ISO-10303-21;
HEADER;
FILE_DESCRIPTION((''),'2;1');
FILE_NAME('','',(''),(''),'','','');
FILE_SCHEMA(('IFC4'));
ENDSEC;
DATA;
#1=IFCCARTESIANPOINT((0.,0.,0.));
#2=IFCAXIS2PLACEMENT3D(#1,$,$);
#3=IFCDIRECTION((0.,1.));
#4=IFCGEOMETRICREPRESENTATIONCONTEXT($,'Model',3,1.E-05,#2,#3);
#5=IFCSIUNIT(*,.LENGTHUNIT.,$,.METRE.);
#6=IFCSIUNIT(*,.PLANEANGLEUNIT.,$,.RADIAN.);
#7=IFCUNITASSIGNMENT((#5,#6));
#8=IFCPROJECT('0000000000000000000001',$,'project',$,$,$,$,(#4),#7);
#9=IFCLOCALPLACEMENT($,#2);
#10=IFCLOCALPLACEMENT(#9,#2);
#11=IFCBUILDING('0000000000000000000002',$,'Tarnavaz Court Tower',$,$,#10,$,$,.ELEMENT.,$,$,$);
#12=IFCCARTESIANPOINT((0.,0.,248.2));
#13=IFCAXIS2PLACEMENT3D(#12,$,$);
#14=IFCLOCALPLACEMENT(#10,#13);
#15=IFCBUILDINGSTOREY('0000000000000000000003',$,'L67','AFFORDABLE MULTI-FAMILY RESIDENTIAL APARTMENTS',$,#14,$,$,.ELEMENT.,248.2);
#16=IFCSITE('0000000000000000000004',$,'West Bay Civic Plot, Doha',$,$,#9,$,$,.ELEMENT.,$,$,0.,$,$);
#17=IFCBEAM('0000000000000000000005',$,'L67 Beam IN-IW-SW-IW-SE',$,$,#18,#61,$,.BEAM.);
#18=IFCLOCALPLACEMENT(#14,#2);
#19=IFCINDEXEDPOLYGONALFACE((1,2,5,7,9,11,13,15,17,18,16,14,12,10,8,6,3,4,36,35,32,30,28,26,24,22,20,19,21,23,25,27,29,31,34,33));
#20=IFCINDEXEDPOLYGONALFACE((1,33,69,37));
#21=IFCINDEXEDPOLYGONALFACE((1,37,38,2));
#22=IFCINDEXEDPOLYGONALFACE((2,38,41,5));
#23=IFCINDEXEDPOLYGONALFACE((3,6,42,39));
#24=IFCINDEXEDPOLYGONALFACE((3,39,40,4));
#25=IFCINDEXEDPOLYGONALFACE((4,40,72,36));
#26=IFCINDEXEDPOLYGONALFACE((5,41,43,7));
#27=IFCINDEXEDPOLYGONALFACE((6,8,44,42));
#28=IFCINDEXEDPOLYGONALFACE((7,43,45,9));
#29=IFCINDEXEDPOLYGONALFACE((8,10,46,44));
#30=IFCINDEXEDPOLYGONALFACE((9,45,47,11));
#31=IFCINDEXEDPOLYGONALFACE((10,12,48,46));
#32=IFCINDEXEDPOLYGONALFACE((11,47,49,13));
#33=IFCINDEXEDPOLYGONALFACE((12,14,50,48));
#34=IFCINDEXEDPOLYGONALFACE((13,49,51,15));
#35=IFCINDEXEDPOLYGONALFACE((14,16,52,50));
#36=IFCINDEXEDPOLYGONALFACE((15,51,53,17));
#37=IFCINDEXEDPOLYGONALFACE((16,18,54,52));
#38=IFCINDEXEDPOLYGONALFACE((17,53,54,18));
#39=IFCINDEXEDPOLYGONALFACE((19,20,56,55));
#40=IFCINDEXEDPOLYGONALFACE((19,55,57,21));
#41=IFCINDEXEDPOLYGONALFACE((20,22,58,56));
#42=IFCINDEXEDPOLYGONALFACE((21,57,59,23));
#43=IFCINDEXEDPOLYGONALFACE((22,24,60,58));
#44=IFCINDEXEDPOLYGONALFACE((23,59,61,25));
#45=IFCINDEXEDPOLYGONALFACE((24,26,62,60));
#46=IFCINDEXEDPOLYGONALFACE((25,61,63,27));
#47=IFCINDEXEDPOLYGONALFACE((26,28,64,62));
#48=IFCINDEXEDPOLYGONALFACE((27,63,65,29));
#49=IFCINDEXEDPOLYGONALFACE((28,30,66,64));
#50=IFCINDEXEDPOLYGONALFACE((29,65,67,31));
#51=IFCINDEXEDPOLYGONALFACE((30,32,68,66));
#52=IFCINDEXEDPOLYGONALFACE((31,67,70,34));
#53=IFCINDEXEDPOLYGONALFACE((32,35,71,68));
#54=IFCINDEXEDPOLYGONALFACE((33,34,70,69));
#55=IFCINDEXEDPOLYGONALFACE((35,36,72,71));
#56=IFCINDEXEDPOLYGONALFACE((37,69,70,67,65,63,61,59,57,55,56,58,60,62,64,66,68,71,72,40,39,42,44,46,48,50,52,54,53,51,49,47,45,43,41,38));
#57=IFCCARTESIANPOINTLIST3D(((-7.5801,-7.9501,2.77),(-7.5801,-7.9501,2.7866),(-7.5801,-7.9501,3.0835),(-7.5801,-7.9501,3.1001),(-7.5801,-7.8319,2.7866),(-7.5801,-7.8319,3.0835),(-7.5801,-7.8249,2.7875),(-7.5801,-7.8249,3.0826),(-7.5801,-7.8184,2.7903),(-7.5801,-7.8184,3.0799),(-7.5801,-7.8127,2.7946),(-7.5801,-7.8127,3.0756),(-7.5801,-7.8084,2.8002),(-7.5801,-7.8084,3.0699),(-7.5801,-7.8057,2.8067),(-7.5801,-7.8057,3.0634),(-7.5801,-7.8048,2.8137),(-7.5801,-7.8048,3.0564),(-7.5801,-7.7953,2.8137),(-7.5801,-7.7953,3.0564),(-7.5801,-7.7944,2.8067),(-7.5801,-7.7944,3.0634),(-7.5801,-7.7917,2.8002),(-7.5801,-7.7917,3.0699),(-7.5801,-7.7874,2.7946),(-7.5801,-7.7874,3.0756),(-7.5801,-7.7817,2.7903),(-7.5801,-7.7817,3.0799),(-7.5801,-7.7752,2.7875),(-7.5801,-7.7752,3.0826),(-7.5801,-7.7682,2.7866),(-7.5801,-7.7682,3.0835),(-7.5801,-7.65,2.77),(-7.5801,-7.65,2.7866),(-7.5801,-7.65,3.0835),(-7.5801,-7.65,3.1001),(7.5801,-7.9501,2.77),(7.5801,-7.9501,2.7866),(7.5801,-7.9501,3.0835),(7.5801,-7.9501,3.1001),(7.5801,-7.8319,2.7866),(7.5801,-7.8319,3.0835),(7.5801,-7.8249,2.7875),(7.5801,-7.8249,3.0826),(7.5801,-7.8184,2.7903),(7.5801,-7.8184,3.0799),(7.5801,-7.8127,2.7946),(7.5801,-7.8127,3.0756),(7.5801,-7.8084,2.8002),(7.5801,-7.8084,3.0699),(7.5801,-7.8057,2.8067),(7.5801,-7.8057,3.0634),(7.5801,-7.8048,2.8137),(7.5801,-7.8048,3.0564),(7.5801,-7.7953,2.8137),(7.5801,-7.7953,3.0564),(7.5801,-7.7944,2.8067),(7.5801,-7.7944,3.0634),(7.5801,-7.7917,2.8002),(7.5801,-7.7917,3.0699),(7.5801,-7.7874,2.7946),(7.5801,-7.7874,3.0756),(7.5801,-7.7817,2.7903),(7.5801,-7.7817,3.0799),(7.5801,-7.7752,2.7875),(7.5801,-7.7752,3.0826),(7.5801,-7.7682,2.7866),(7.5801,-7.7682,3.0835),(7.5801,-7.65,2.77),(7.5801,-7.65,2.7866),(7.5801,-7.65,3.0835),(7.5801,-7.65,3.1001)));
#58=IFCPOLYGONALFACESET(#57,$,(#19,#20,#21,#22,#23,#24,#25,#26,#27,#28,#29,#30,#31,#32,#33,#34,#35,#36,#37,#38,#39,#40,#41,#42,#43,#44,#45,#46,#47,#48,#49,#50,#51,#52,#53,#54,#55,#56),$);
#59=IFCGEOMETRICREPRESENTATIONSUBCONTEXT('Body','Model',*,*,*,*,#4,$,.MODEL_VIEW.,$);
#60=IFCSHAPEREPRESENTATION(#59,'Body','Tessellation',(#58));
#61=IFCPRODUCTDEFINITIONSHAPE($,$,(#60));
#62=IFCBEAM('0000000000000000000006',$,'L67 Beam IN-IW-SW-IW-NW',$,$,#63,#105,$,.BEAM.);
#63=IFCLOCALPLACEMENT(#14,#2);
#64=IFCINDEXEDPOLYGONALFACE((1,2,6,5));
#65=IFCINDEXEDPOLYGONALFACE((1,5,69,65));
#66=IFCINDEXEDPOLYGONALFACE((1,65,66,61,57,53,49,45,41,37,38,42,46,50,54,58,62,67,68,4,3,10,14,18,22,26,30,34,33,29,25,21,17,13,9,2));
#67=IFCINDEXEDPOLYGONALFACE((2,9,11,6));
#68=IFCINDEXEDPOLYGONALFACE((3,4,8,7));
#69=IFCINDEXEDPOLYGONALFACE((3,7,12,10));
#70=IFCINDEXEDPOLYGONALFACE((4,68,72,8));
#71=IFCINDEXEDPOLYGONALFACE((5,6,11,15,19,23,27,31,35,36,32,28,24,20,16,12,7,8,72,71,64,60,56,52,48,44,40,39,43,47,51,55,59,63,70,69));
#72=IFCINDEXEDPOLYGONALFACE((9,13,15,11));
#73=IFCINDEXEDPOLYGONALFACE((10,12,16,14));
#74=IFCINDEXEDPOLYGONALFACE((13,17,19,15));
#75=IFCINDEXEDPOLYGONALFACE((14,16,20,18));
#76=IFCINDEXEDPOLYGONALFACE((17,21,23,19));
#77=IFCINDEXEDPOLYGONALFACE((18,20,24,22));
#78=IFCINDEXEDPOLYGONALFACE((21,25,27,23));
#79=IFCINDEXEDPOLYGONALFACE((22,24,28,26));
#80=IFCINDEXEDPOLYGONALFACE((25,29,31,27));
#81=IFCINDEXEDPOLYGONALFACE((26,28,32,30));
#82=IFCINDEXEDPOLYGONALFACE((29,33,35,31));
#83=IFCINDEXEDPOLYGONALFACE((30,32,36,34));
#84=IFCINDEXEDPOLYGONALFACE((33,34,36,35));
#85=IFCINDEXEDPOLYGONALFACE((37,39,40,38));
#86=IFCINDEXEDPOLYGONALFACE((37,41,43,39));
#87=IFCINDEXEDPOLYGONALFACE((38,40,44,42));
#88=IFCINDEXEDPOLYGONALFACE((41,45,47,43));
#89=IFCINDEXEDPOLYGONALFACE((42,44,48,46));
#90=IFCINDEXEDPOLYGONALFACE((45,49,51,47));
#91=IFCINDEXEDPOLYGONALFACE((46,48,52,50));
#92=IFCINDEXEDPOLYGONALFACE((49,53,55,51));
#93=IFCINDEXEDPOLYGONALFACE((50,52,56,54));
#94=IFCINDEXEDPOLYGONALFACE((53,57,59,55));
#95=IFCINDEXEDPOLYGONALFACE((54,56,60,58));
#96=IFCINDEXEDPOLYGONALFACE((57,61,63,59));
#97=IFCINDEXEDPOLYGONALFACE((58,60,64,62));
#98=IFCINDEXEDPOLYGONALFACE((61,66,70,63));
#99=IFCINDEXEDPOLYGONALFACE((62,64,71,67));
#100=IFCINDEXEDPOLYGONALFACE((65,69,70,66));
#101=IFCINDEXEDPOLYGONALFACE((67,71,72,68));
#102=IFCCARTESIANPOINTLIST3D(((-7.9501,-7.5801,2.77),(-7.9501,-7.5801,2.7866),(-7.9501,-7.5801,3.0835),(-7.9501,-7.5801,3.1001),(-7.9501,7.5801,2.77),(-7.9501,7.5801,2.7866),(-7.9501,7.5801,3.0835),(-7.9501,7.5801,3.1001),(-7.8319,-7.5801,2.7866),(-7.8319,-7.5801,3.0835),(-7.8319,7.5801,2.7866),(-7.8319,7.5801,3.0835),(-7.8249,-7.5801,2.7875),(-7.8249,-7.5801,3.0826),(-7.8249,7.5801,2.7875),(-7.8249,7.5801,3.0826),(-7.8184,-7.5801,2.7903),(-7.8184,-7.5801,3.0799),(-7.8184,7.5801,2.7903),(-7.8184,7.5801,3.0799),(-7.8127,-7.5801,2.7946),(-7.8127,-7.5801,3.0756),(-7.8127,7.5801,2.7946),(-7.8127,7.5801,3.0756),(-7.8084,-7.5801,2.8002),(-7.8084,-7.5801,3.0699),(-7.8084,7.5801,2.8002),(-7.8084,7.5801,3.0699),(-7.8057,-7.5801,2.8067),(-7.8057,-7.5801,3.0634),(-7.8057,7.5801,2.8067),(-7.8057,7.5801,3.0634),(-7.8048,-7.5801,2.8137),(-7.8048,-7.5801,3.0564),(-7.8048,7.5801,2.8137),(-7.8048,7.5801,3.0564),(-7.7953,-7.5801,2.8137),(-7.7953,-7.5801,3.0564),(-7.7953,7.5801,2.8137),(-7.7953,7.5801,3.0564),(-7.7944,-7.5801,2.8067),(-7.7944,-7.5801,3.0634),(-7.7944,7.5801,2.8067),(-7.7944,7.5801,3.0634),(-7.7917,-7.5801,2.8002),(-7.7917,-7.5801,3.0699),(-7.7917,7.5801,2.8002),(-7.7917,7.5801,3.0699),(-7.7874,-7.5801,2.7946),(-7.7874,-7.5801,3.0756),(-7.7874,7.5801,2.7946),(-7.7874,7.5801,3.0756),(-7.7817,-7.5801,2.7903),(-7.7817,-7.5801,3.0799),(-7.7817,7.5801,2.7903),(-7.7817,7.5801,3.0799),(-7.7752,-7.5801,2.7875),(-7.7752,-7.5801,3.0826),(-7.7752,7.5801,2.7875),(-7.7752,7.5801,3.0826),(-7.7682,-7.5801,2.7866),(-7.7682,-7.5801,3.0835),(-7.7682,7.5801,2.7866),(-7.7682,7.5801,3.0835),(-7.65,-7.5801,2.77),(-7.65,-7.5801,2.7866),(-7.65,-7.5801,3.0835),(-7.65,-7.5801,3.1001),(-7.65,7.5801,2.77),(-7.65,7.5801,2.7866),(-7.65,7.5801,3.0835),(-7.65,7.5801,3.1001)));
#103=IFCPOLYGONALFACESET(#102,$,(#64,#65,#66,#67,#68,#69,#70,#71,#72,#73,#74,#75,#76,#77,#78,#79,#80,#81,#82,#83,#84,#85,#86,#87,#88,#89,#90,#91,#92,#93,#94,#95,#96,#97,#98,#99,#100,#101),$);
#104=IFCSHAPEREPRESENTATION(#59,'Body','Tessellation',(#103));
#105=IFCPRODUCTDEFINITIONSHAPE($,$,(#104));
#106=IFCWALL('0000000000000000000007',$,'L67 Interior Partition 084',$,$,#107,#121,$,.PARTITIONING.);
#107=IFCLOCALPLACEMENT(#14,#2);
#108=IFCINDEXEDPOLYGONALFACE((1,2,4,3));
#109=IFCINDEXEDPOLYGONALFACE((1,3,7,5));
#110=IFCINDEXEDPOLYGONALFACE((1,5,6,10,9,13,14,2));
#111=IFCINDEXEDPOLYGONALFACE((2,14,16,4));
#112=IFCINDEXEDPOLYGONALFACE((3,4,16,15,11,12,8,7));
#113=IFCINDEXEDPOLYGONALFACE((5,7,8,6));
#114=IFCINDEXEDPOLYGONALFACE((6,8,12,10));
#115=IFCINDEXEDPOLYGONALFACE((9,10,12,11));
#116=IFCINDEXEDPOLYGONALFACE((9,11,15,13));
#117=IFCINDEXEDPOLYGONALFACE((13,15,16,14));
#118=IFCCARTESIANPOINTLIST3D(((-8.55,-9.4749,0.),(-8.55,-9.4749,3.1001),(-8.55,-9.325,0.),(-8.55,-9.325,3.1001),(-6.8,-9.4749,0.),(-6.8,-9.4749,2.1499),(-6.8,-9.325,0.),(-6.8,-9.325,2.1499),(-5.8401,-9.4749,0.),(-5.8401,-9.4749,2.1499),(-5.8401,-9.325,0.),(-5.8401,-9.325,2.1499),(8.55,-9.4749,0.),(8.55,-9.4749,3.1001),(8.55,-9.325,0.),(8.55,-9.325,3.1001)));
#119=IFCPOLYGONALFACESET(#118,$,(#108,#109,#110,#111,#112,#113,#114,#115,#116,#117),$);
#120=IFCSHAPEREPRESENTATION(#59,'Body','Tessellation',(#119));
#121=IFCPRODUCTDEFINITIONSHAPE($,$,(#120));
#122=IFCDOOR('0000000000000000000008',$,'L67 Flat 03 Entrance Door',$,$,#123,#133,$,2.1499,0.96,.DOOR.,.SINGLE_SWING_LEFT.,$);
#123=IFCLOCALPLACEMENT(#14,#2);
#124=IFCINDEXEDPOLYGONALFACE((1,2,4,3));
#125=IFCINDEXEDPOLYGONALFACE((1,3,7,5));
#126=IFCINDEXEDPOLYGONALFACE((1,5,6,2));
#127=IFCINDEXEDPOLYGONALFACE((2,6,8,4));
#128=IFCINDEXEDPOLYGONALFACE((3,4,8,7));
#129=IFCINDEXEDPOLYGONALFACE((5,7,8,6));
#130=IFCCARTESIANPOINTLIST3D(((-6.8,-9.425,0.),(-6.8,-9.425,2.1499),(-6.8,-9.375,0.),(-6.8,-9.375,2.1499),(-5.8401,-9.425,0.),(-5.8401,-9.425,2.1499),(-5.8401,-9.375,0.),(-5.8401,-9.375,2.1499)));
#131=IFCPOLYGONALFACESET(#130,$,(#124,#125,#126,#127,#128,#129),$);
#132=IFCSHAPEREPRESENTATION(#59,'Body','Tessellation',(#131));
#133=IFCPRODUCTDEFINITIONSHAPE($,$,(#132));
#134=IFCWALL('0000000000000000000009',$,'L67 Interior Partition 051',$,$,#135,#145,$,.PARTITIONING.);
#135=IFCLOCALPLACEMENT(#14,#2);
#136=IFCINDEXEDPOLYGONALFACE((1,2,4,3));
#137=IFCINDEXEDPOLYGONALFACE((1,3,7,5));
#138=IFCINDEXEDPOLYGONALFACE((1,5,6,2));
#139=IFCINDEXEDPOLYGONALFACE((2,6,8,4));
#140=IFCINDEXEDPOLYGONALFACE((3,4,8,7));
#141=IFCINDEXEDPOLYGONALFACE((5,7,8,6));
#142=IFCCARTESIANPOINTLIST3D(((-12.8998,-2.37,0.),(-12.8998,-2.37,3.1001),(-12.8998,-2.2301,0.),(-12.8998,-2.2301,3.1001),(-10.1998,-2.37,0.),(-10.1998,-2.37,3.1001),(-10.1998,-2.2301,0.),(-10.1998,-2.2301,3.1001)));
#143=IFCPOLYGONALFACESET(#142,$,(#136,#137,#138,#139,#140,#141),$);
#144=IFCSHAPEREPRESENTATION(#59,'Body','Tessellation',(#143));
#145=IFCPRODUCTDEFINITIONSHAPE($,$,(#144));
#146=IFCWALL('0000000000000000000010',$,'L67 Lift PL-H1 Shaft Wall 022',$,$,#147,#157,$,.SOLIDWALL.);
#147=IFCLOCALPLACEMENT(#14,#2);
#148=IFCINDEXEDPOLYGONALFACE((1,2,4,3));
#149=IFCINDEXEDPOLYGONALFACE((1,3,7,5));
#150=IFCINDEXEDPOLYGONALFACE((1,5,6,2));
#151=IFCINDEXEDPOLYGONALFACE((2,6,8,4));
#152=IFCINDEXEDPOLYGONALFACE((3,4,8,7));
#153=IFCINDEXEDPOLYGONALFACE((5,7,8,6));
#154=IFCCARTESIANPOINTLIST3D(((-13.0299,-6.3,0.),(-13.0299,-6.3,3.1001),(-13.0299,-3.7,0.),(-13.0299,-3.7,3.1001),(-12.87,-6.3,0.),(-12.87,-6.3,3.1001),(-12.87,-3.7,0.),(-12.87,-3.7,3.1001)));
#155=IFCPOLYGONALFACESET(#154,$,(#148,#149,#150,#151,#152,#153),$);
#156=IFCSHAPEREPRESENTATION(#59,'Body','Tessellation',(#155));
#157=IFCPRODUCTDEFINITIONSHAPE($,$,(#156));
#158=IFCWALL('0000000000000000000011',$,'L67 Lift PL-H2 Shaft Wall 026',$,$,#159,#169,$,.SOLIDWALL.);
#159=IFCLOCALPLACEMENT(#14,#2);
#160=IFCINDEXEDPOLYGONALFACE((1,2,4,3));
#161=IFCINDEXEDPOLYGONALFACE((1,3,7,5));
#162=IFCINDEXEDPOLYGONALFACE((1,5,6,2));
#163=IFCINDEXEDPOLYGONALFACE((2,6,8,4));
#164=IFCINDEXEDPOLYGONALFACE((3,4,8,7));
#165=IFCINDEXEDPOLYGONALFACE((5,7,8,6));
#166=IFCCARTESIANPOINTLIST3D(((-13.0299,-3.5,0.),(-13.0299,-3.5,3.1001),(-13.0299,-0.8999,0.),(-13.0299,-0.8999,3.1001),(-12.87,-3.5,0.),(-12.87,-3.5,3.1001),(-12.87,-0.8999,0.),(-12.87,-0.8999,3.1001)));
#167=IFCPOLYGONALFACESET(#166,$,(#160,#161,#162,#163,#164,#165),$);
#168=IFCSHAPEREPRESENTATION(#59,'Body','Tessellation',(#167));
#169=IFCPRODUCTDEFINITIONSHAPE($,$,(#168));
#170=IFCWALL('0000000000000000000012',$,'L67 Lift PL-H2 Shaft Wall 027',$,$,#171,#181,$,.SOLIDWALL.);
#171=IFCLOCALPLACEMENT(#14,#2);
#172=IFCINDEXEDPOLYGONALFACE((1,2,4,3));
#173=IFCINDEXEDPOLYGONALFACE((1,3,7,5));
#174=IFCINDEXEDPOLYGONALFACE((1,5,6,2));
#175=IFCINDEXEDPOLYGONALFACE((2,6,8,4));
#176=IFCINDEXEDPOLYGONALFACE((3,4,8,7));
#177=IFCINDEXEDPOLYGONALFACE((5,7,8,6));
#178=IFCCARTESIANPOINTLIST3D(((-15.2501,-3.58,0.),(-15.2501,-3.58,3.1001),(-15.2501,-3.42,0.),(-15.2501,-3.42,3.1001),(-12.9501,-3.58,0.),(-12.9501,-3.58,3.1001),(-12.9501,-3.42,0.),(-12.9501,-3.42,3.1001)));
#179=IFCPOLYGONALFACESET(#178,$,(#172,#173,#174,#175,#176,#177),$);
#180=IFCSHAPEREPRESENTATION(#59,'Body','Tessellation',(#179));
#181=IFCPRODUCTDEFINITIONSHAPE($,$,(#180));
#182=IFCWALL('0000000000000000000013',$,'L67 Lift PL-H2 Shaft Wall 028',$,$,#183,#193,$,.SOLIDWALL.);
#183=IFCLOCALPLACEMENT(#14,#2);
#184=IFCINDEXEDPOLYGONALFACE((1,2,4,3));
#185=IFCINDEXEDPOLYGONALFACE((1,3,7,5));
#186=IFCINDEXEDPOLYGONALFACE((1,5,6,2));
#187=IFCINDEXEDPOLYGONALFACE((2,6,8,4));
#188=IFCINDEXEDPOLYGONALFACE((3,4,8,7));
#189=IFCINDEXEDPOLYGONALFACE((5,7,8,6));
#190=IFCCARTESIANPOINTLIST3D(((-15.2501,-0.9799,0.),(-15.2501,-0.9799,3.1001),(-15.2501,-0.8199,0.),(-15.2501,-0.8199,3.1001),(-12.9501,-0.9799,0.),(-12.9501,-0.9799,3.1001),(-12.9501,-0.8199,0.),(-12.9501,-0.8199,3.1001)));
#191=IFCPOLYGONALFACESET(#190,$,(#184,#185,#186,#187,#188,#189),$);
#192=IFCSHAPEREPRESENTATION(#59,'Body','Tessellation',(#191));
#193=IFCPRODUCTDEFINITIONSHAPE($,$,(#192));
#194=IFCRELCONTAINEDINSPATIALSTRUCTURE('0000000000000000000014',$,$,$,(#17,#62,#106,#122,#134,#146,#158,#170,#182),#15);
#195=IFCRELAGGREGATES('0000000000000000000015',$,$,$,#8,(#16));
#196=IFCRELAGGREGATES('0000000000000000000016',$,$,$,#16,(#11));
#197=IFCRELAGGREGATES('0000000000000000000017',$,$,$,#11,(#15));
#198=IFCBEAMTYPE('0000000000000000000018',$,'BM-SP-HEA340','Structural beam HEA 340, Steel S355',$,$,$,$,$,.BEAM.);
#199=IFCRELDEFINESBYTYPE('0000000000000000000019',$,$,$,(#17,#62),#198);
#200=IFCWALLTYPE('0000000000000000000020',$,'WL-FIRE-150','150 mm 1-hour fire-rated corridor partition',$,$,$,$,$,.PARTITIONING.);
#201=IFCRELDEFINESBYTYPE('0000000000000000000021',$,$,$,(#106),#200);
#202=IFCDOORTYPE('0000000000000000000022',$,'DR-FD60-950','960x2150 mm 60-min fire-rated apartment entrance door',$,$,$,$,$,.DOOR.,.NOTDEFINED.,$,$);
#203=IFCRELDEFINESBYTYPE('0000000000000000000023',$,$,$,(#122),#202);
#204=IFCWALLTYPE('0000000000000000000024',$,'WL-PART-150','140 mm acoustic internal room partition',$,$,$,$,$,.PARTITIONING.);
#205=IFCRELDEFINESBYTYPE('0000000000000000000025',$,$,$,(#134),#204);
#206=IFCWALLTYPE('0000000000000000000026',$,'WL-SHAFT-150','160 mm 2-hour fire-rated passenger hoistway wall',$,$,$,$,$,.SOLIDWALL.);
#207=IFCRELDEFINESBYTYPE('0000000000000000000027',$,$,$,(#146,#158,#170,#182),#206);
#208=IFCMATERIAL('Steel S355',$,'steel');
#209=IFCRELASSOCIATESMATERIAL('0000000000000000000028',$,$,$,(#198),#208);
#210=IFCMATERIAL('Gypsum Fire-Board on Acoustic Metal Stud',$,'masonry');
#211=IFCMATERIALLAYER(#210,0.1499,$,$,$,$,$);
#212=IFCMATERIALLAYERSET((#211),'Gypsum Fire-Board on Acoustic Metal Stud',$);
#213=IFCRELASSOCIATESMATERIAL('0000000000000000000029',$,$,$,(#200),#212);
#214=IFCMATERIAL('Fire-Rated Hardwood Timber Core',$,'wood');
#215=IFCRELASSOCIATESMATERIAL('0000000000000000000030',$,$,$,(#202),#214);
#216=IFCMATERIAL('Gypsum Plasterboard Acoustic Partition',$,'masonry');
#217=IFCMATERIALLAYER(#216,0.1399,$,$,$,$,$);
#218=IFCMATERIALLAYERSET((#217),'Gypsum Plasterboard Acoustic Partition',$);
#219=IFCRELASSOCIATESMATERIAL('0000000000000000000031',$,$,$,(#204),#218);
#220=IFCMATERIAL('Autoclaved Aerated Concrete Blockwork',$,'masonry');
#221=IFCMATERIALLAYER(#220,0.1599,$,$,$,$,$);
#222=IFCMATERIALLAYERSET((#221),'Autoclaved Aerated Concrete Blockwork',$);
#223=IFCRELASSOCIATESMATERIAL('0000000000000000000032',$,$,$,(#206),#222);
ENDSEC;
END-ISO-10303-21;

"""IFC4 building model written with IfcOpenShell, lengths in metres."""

from ifc_helpers import new_model, si_unit, direction, frame, frame_2d, origin, origin_2d, place, context, subcontext, project, spatial, rectangle, i_section, extrude, material, layer, layer_set, material_profile, profile_set, type_object, element, fill, save


model = new_model("IFC4")

# Units and contexts
model_context = context("Model", 3, precision=1e-05, world=origin(), true_north=direction((0.0, 1.0)))
body_context = subcontext(model_context, "Body", "Model", "MODEL_VIEW")
ifc_project = project(units=[si_unit("LENGTHUNIT", "METRE"), si_unit("PLANEANGLEUNIT", "RADIAN")], contexts=[model_context])

# Site, building, storey
site_placement = place(None, origin())
site = spatial("IfcSite", under=ifc_project, at=site_placement, Name="West Bay Civic Plot, Doha", CompositionType="ELEMENT", RefElevation=0.0)
building_placement = place(site_placement, origin())
building = spatial("IfcBuilding", under=site, at=building_placement, Name="Tarnavaz Court Tower", CompositionType="ELEMENT")
storey_placement = place(building_placement, frame((0.0, 0.0, 248.2)))
storey = spatial("IfcBuildingStorey", under=building, at=storey_placement, Name="L67", Description="AFFORDABLE MULTI-FAMILY RESIDENTIAL APARTMENTS", CompositionType="ELEMENT", Elevation=248.2)

# Beams
ifc_material_1 = material(Name="Steel S355", Category="steel")
ifc_material_profile_1 = material_profile(ifc_material_1, i_section(OverallWidth=0.3, OverallDepth=0.3301, WebThickness=0.0095, FlangeThickness=0.0166, FilletRadius=0.0271, at=origin_2d()), Name="HEA 340")
ifc_profile_set_1 = profile_set([ifc_material_profile_1], Name="Steel S355")
beam_type_1 = type_object("IfcBeamType", Name="BM-SP-HEA340", Description="Structural beam HEA 340, Steel S355", PredefinedType="BEAM", material=ifc_profile_set_1)
for number, where, z_axis, x_axis, name in (
    (1, (-7.5801, -7.8, 2.9351), (1.0, 0.0, 0.0), (0.0, 1.0, 0.0), "L67 Beam IN-IW-SW-IW-SE"),
    (2, (-7.8, -7.5801, 2.9351), (0.0, 1.0, 0.0), (-1.0, 0.0, 0.0), "L67 Beam IN-IW-SW-IW-NW"),
):
    element("IfcBeam", number, at=place(storey_placement, frame(where, z_axis=z_axis, x_axis=x_axis)), inside=storey, type_object=beam_type_1, Name=name, PredefinedType="BEAM", context=body_context, shape_type="SweptSolid", body=[
        extrude(i_section(OverallWidth=0.3, OverallDepth=0.3301, WebThickness=0.0095, FlangeThickness=0.0166, FilletRadius=0.0271, at=origin_2d()), origin(), (0.0, 0.0, 1.0), 15.1602),
    ])

# Wall, opening, door
ifc_material_2 = material(Name="Gypsum Fire-Board on Acoustic Metal Stud", Category="masonry")
ifc_layer_1 = layer(ifc_material_2, 0.1499)
ifc_layer_set_1 = layer_set([ifc_layer_1], Name="Gypsum Fire-Board on Acoustic Metal Stud")
wall_type_1 = type_object("IfcWallType", Name="WL-FIRE-150", Description="150 mm 1-hour fire-rated corridor partition", PredefinedType="PARTITIONING", material=ifc_layer_set_1)
wall_1_placement = place(storey_placement, frame((-8.55, -9.3999, 0.0), z_axis=(0.0, 0.0, 1.0), x_axis=(1.0, 0.0, 0.0)))
wall_1 = element("IfcWall", 3, at=wall_1_placement, inside=storey, type_object=wall_type_1, Name="L67 Interior Partition 084", PredefinedType="PARTITIONING", context=body_context, shape_type="SweptSolid", body=[
    extrude(rectangle(XDim=17.1001, YDim=0.1499, at=frame_2d((8.55, 0.0))), origin(), (0.0, 0.0, 1.0), 3.1001),
])
opening_1_placement = place(wall_1_placement, frame((1.75, 0.0, 0.0)))
opening_1 = element("IfcOpeningElement", 4, at=opening_1_placement, cuts=wall_1, PredefinedType="OPENING", context=body_context, shape_type="SweptSolid", body=[
    extrude(rectangle(XDim=0.96, YDim=2.1499, at=frame_2d((0.48, 1.075))), frame((0.0, 0.085, 0.0), z_axis=(0.0, -1.0, 0.0), x_axis=(1.0, 0.0, 0.0)), (0.0, 0.0, 1.0), 0.1699),
])
ifc_material_3 = material(Name="Fire-Rated Hardwood Timber Core", Category="wood")
door_type_1 = type_object("IfcDoorType", Name="DR-FD60-950", Description="960x2150 mm 60-min fire-rated apartment entrance door", OperationType="NOTDEFINED", PredefinedType="DOOR", material=ifc_material_3)
door_1_placement = place(opening_1_placement, origin())
door_1 = element("IfcDoor", 5, at=door_1_placement, inside=storey, type_object=door_type_1, Name="L67 Flat 03 Entrance Door", OperationType="SINGLE_SWING_LEFT", OverallHeight=2.1499, OverallWidth=0.96, PredefinedType="DOOR", context=body_context, shape_type="SweptSolid", body=[
    extrude(rectangle(XDim=0.96, YDim=2.1499, at=frame_2d((0.48, 1.075))), frame((0.0, 0.0249, 0.0), z_axis=(0.0, -1.0, 0.0), x_axis=(1.0, 0.0, 0.0)), (0.0, 0.0, 1.0), 0.05),
])
fill(opening_1, door_1)

# Shared definitions
ifc_material_4 = material(Name="Gypsum Plasterboard Acoustic Partition", Category="masonry")
ifc_layer_2 = layer(ifc_material_4, 0.1399)
ifc_layer_set_2 = layer_set([ifc_layer_2], Name="Gypsum Plasterboard Acoustic Partition")
wall_type_2 = type_object("IfcWallType", Name="WL-PART-150", Description="140 mm acoustic internal room partition", PredefinedType="PARTITIONING", material=ifc_layer_set_2)

# Walls
wall_2_placement = place(storey_placement, frame((-12.8999, -2.3, 0.0), z_axis=(0.0, 0.0, 1.0), x_axis=(1.0, 0.0, 0.0)))
element("IfcWall", 6, at=wall_2_placement, inside=storey, type_object=wall_type_2, Name="L67 Interior Partition 051", PredefinedType="PARTITIONING", context=body_context, shape_type="SweptSolid", body=[
    extrude(rectangle(XDim=2.7, YDim=0.1399, at=frame_2d((1.3501, 0.0))), origin(), (0.0, 0.0, 1.0), 3.1001),
])
ifc_material_5 = material(Name="Autoclaved Aerated Concrete Blockwork", Category="masonry")
ifc_layer_3 = layer(ifc_material_5, 0.1599)
ifc_layer_set_3 = layer_set([ifc_layer_3], Name="Autoclaved Aerated Concrete Blockwork")
wall_type_3 = type_object("IfcWallType", Name="WL-SHAFT-150", Description="160 mm 2-hour fire-rated passenger hoistway wall", PredefinedType="SOLIDWALL", material=ifc_layer_set_3)
wall_3_placement = place(storey_placement, frame((-12.95, -6.3, 0.0), z_axis=(0.0, 0.0, 1.0), x_axis=(0.0, 1.0, 0.0)))
element("IfcWall", 7, at=wall_3_placement, inside=storey, type_object=wall_type_3, Name="L67 Lift PL-H1 Shaft Wall 022", PredefinedType="SOLIDWALL", context=body_context, shape_type="SweptSolid", body=[
    extrude(rectangle(XDim=2.6001, YDim=0.1599, at=frame_2d((1.3, 0.0))), origin(), (0.0, 0.0, 1.0), 3.1001),
])

# Walls
wall_4_placement = place(storey_placement, frame((-12.95, -3.5, 0.0), z_axis=(0.0, 0.0, 1.0), x_axis=(0.0, 1.0, 0.0)))
element("IfcWall", 8, at=wall_4_placement, inside=storey, type_object=wall_type_3, Name="L67 Lift PL-H2 Shaft Wall 026", PredefinedType="SOLIDWALL", context=body_context, shape_type="SweptSolid", body=[
    extrude(rectangle(XDim=2.6001, YDim=0.1599, at=frame_2d((1.3, 0.0))), origin(), (0.0, 0.0, 1.0), 3.1001),
])
for number, where, z_axis, x_axis, name in (
    (9, (-15.25, -3.5, 0.0), (0.0, 0.0, 1.0), (1.0, 0.0, 0.0), "L67 Lift PL-H2 Shaft Wall 027"),
    (10, (-15.25, -0.8999, 0.0), (0.0, 0.0, 1.0), (1.0, 0.0, 0.0), "L67 Lift PL-H2 Shaft Wall 028"),
):
    element("IfcWall", number, at=place(storey_placement, frame(where, z_axis=z_axis, x_axis=x_axis)), inside=storey, type_object=wall_type_3, Name=name, PredefinedType="SOLIDWALL", context=body_context, shape_type="SweptSolid", body=[
        extrude(rectangle(XDim=2.3, YDim=0.1599, at=frame_2d((1.1499, 0.0))), origin(), (0.0, 0.0, 1.0), 3.1001),
    ])

save(model, "model.ifc")
